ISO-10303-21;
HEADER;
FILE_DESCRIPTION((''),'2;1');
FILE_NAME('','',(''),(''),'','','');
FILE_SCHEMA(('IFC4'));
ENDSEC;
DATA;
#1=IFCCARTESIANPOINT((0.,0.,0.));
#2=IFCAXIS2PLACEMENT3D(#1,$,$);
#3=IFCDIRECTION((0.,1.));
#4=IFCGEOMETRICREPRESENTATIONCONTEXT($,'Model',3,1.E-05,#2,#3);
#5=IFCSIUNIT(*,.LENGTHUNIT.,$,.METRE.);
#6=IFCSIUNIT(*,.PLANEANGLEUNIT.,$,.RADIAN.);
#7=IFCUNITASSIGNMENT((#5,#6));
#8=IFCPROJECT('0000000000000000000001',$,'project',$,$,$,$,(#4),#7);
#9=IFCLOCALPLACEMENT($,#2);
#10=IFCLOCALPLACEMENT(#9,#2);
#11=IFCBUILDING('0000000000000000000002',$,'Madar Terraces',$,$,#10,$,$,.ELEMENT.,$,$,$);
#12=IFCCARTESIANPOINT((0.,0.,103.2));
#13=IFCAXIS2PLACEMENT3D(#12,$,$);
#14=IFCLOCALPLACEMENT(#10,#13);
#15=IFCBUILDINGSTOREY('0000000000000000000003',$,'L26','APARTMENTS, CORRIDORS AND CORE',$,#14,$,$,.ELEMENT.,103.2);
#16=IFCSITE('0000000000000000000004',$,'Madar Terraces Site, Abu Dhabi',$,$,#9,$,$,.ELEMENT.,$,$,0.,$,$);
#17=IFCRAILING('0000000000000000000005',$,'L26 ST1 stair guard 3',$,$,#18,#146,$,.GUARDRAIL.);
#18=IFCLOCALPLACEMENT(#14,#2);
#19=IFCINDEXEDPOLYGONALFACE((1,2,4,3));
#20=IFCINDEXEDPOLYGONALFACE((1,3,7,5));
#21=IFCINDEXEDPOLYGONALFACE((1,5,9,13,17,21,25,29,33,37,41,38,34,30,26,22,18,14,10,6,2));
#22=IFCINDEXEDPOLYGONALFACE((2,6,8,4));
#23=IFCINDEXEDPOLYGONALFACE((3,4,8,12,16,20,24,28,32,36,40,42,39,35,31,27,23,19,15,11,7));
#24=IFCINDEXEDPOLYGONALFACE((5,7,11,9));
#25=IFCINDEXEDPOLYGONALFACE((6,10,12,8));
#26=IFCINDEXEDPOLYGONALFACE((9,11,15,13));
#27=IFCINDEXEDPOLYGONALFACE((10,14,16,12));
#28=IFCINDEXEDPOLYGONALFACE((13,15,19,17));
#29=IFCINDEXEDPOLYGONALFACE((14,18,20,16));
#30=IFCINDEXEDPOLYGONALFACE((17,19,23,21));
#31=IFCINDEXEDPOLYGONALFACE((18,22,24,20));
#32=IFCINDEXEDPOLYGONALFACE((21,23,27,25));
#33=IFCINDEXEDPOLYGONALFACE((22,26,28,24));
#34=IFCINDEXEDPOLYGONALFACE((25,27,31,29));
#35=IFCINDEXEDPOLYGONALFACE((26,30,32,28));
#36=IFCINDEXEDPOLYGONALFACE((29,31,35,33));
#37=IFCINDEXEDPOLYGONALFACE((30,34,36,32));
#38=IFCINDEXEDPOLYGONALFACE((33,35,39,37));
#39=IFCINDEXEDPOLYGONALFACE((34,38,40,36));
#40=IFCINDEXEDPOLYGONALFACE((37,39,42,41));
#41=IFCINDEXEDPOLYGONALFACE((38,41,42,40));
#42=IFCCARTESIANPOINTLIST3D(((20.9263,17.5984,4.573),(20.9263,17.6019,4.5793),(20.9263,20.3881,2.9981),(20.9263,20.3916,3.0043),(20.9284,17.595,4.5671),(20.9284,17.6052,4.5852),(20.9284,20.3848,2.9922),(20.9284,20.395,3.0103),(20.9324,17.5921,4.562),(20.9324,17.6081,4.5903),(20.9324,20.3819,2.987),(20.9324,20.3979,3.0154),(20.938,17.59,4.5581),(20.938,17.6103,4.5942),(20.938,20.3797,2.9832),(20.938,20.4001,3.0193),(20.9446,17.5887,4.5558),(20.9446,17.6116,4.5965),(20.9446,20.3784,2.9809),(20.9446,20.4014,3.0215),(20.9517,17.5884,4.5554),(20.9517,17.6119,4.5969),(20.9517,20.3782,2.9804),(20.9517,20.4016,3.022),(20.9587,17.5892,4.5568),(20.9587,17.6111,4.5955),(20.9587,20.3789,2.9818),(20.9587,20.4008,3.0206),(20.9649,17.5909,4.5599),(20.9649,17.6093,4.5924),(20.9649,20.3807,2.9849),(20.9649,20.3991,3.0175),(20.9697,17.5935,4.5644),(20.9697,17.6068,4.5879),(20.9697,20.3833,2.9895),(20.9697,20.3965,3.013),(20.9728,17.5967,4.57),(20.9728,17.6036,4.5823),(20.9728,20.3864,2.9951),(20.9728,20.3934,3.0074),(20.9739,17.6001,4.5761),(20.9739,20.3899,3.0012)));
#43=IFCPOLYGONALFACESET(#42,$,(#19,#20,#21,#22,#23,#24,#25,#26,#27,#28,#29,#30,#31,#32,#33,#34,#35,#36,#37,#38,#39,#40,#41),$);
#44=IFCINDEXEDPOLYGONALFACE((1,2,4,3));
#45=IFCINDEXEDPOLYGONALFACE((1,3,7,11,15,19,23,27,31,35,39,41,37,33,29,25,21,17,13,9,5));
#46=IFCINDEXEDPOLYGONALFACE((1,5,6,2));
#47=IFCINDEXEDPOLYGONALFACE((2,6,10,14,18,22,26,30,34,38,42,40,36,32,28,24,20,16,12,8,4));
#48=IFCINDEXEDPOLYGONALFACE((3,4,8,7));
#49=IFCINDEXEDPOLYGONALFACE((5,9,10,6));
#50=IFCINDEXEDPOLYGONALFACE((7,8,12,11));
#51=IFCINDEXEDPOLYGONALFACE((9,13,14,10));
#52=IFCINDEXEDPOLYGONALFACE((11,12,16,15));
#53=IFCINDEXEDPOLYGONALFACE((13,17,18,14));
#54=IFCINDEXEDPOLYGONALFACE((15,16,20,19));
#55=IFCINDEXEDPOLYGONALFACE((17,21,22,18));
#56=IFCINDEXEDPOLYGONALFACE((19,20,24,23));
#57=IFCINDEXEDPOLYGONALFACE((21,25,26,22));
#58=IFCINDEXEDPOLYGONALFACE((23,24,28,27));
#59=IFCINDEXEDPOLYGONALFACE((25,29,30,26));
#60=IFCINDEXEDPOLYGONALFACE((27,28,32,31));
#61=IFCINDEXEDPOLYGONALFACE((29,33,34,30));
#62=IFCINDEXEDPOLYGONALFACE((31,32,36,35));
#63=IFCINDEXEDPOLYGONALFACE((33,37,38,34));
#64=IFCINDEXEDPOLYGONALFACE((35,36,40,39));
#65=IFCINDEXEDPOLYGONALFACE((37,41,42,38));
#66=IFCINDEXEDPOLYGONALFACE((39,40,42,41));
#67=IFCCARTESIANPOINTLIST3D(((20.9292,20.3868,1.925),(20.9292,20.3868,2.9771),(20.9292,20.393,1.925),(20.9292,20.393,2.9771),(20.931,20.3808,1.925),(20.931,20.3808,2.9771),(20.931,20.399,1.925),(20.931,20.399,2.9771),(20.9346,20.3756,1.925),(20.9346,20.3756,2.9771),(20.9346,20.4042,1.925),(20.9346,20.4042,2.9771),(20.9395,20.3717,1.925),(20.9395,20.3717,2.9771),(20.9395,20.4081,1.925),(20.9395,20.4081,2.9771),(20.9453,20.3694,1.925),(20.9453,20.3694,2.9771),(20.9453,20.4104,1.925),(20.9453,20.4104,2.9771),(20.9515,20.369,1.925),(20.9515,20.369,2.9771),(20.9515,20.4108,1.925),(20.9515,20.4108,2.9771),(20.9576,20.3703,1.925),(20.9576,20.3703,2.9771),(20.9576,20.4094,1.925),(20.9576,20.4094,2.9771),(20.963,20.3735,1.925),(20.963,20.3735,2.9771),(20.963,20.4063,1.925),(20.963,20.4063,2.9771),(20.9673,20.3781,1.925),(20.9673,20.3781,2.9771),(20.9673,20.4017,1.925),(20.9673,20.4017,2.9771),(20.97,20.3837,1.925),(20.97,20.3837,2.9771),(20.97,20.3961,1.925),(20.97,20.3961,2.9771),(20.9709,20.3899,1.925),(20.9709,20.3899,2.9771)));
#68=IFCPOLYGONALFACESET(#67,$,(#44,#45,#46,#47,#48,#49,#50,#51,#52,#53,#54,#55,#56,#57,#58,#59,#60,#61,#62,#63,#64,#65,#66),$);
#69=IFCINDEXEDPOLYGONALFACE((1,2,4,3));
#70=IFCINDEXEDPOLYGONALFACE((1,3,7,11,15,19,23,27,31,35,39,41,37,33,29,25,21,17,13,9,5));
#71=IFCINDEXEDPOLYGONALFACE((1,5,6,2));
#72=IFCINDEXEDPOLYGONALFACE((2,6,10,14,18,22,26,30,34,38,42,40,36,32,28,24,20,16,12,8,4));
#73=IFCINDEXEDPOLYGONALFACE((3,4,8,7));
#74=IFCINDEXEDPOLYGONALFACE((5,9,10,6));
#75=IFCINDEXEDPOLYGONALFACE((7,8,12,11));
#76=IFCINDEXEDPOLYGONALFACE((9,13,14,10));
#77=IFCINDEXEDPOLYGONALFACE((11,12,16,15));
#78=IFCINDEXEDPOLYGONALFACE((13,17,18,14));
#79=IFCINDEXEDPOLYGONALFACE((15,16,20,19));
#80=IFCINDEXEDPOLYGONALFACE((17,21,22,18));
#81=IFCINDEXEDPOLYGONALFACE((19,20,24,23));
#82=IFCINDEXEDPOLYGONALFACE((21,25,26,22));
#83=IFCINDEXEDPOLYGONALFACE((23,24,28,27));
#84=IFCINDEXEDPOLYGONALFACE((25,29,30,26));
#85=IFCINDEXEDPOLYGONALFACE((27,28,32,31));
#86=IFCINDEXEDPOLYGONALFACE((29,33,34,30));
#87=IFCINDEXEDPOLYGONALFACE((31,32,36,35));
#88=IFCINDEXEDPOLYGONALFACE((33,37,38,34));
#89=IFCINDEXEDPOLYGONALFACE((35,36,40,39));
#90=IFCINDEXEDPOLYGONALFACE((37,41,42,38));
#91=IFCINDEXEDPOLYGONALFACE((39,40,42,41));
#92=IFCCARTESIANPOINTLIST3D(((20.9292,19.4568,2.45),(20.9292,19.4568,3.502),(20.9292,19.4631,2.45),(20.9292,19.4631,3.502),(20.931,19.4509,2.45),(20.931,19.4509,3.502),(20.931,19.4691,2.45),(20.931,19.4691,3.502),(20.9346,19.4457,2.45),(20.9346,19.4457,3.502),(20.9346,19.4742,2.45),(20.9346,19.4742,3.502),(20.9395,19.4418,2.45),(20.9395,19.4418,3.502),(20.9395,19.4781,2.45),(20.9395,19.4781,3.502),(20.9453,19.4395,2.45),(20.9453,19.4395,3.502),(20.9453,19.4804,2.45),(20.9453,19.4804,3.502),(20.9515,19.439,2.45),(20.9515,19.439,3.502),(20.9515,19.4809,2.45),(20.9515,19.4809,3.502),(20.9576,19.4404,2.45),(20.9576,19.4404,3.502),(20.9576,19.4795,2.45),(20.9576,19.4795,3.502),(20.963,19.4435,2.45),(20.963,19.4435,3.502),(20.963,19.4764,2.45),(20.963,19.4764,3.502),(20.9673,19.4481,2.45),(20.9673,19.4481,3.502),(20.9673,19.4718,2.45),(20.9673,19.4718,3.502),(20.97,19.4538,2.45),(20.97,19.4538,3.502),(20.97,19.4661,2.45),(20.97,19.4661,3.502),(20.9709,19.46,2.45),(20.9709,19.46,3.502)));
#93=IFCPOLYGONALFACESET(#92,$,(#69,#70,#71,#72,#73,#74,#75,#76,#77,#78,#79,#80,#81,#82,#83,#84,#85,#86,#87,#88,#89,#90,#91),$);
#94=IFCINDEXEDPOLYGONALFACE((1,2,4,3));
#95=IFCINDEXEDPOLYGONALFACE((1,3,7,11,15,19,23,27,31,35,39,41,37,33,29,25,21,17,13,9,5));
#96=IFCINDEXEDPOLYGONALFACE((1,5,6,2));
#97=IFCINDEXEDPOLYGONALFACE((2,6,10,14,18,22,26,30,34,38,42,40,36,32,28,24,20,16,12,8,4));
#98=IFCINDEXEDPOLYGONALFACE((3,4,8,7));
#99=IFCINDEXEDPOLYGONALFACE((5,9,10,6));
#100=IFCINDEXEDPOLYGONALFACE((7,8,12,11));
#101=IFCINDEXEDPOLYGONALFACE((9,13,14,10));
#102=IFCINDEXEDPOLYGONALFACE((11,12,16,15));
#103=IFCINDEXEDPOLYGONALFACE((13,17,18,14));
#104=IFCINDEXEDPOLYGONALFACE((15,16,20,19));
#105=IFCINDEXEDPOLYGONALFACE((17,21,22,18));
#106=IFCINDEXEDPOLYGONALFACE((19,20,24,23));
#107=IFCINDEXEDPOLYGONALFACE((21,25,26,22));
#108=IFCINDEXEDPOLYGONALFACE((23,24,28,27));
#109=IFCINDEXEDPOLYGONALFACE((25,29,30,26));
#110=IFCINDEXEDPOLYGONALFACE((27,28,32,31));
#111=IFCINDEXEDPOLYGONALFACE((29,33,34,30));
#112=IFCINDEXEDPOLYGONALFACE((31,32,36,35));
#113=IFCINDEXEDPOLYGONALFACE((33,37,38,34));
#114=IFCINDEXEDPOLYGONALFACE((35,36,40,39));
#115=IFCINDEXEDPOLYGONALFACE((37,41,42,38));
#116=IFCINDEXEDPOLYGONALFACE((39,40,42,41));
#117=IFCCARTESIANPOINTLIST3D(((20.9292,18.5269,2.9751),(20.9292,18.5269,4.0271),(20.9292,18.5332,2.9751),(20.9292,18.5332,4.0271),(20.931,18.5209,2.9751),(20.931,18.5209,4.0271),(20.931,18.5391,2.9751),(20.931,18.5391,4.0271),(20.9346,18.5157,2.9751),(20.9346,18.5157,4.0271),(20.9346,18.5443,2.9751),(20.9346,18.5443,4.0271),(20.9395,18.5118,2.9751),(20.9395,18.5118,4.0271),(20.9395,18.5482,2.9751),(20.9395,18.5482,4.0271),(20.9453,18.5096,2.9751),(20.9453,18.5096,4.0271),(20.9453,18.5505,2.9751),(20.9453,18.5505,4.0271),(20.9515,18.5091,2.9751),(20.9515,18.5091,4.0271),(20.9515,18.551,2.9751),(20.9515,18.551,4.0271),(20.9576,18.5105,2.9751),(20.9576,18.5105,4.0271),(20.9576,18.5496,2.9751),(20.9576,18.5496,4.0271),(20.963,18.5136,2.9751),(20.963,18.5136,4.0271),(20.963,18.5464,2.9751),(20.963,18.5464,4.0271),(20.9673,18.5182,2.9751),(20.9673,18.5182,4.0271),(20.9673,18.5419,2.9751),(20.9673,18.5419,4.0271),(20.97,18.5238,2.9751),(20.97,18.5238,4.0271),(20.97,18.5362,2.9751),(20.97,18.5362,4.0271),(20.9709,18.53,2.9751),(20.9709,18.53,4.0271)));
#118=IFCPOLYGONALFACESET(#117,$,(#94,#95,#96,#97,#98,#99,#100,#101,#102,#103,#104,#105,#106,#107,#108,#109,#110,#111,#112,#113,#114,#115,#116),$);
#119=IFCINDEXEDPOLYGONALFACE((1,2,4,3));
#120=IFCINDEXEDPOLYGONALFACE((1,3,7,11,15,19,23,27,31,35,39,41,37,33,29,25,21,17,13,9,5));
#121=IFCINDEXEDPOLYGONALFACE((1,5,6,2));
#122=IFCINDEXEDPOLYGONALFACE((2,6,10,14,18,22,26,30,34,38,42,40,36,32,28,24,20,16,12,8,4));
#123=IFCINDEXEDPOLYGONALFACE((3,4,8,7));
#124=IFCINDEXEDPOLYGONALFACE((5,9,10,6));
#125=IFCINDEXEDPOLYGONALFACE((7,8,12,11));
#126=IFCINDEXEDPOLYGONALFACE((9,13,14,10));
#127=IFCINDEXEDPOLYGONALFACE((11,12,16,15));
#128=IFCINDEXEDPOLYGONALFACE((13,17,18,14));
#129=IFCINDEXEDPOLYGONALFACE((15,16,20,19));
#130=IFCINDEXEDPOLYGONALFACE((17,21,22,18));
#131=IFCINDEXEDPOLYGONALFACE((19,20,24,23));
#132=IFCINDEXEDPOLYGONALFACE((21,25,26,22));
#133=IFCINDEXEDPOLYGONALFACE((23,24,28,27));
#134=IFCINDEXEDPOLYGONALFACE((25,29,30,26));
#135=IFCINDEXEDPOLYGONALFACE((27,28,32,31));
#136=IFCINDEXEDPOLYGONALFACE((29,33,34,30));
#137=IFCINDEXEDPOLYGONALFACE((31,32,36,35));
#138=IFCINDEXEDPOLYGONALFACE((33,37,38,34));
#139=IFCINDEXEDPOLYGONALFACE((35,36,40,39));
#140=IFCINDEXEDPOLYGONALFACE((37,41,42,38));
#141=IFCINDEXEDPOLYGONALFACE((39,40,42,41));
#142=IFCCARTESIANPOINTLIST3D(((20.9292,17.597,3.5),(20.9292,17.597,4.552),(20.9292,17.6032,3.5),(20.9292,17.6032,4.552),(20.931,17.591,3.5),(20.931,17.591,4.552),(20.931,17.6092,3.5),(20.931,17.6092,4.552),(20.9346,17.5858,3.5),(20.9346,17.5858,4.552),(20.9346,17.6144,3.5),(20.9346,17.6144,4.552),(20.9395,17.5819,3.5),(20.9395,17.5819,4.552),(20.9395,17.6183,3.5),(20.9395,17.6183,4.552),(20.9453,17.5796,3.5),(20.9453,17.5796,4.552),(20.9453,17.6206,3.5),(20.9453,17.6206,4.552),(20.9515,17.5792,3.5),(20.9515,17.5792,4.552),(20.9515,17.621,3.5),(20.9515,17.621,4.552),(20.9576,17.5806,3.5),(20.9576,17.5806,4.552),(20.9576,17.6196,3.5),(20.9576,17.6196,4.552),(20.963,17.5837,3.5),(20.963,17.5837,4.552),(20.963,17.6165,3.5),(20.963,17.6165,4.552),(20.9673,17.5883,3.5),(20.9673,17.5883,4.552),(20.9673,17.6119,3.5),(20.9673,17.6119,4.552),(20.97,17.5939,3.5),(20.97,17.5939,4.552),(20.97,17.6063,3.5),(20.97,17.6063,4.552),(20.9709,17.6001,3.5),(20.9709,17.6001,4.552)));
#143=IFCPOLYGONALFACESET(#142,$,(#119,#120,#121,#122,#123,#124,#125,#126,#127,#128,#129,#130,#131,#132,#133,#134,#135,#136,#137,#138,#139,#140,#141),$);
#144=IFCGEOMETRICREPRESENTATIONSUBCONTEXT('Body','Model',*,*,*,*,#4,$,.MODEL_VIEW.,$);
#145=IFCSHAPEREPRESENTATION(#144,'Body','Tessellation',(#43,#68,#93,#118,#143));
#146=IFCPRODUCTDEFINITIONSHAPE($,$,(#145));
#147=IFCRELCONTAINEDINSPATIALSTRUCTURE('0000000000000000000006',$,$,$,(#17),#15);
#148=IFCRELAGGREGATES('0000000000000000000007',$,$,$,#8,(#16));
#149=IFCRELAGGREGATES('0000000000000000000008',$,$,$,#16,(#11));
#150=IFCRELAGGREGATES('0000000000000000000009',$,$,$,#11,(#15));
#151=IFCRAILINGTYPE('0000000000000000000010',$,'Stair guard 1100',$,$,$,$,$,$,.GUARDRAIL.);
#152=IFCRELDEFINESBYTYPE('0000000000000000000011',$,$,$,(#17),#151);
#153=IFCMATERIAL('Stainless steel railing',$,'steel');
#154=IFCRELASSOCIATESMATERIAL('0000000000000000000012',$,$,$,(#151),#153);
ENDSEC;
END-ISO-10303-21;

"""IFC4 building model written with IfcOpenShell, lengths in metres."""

from ifc_helpers import new_model, si_unit, direction, frame, origin, origin_2d, place, context, subcontext, project, spatial, circle, extrude, material, type_object, element, save


model = new_model("IFC4")

# Units and contexts
model_context = context("Model", 3, precision=1e-05, world=origin(), true_north=direction((0.0, 1.0)))
body_context = subcontext(model_context, "Body", "Model", "MODEL_VIEW")
ifc_project = project(units=[si_unit("LENGTHUNIT", "METRE"), si_unit("PLANEANGLEUNIT", "RADIAN")], contexts=[model_context])

# Site, building, storey
site_placement = place(None, origin())
site = spatial("IfcSite", under=ifc_project, at=site_placement, Name="Madar Terraces Site, Abu Dhabi", CompositionType="ELEMENT", RefElevation=0.0)
building_placement = place(site_placement, origin())
building = spatial("IfcBuilding", under=site, at=building_placement, Name="Madar Terraces", CompositionType="ELEMENT")
storey_placement = place(building_placement, frame((0.0, 0.0, 103.2)))
storey = spatial("IfcBuildingStorey", under=building, at=storey_placement, Name="L26", Description="APARTMENTS, CORRIDORS AND CORE", CompositionType="ELEMENT", Elevation=103.2)

# Railing
ifc_material_1 = material(Name="Stainless steel railing", Category="steel")
railing_type_1 = type_object("IfcRailingType", Name="Stair guard 1100", PredefinedType="GUARDRAIL", material=ifc_material_1)
railing_1_placement = place(storey_placement, frame((20.95, 20.3899, 1.925)))
element("IfcRailing", 1, at=railing_1_placement, inside=storey, type_object=railing_type_1, Name="L26 ST1 stair guard 3", PredefinedType="GUARDRAIL", context=body_context, shape_type="SweptSolid", body=[
    extrude(circle(Radius=0.0239, at=origin_2d()), frame((0.0, 0.0, 1.0762), z_axis=(0.0, -0.870815, 0.49161), x_axis=(1.0, 0.0, 0.0)), (0.0, 0.0, 1.0), 3.2036),
    extrude(circle(Radius=0.021, at=origin_2d()), origin(), (0.0, 0.0, 1.0), 1.052),
    extrude(circle(Radius=0.021, at=origin_2d()), frame((0.0, -0.9299, 0.5249)), (0.0, 0.0, 1.0), 1.052),
    extrude(circle(Radius=0.021, at=origin_2d()), frame((0.0, -1.8599, 1.05)), (0.0, 0.0, 1.0), 1.052),
    extrude(circle(Radius=0.021, at=origin_2d()), frame((0.0, -2.7898, 1.575)), (0.0, 0.0, 1.0), 1.052),
])

save(model, "model.ifc")
